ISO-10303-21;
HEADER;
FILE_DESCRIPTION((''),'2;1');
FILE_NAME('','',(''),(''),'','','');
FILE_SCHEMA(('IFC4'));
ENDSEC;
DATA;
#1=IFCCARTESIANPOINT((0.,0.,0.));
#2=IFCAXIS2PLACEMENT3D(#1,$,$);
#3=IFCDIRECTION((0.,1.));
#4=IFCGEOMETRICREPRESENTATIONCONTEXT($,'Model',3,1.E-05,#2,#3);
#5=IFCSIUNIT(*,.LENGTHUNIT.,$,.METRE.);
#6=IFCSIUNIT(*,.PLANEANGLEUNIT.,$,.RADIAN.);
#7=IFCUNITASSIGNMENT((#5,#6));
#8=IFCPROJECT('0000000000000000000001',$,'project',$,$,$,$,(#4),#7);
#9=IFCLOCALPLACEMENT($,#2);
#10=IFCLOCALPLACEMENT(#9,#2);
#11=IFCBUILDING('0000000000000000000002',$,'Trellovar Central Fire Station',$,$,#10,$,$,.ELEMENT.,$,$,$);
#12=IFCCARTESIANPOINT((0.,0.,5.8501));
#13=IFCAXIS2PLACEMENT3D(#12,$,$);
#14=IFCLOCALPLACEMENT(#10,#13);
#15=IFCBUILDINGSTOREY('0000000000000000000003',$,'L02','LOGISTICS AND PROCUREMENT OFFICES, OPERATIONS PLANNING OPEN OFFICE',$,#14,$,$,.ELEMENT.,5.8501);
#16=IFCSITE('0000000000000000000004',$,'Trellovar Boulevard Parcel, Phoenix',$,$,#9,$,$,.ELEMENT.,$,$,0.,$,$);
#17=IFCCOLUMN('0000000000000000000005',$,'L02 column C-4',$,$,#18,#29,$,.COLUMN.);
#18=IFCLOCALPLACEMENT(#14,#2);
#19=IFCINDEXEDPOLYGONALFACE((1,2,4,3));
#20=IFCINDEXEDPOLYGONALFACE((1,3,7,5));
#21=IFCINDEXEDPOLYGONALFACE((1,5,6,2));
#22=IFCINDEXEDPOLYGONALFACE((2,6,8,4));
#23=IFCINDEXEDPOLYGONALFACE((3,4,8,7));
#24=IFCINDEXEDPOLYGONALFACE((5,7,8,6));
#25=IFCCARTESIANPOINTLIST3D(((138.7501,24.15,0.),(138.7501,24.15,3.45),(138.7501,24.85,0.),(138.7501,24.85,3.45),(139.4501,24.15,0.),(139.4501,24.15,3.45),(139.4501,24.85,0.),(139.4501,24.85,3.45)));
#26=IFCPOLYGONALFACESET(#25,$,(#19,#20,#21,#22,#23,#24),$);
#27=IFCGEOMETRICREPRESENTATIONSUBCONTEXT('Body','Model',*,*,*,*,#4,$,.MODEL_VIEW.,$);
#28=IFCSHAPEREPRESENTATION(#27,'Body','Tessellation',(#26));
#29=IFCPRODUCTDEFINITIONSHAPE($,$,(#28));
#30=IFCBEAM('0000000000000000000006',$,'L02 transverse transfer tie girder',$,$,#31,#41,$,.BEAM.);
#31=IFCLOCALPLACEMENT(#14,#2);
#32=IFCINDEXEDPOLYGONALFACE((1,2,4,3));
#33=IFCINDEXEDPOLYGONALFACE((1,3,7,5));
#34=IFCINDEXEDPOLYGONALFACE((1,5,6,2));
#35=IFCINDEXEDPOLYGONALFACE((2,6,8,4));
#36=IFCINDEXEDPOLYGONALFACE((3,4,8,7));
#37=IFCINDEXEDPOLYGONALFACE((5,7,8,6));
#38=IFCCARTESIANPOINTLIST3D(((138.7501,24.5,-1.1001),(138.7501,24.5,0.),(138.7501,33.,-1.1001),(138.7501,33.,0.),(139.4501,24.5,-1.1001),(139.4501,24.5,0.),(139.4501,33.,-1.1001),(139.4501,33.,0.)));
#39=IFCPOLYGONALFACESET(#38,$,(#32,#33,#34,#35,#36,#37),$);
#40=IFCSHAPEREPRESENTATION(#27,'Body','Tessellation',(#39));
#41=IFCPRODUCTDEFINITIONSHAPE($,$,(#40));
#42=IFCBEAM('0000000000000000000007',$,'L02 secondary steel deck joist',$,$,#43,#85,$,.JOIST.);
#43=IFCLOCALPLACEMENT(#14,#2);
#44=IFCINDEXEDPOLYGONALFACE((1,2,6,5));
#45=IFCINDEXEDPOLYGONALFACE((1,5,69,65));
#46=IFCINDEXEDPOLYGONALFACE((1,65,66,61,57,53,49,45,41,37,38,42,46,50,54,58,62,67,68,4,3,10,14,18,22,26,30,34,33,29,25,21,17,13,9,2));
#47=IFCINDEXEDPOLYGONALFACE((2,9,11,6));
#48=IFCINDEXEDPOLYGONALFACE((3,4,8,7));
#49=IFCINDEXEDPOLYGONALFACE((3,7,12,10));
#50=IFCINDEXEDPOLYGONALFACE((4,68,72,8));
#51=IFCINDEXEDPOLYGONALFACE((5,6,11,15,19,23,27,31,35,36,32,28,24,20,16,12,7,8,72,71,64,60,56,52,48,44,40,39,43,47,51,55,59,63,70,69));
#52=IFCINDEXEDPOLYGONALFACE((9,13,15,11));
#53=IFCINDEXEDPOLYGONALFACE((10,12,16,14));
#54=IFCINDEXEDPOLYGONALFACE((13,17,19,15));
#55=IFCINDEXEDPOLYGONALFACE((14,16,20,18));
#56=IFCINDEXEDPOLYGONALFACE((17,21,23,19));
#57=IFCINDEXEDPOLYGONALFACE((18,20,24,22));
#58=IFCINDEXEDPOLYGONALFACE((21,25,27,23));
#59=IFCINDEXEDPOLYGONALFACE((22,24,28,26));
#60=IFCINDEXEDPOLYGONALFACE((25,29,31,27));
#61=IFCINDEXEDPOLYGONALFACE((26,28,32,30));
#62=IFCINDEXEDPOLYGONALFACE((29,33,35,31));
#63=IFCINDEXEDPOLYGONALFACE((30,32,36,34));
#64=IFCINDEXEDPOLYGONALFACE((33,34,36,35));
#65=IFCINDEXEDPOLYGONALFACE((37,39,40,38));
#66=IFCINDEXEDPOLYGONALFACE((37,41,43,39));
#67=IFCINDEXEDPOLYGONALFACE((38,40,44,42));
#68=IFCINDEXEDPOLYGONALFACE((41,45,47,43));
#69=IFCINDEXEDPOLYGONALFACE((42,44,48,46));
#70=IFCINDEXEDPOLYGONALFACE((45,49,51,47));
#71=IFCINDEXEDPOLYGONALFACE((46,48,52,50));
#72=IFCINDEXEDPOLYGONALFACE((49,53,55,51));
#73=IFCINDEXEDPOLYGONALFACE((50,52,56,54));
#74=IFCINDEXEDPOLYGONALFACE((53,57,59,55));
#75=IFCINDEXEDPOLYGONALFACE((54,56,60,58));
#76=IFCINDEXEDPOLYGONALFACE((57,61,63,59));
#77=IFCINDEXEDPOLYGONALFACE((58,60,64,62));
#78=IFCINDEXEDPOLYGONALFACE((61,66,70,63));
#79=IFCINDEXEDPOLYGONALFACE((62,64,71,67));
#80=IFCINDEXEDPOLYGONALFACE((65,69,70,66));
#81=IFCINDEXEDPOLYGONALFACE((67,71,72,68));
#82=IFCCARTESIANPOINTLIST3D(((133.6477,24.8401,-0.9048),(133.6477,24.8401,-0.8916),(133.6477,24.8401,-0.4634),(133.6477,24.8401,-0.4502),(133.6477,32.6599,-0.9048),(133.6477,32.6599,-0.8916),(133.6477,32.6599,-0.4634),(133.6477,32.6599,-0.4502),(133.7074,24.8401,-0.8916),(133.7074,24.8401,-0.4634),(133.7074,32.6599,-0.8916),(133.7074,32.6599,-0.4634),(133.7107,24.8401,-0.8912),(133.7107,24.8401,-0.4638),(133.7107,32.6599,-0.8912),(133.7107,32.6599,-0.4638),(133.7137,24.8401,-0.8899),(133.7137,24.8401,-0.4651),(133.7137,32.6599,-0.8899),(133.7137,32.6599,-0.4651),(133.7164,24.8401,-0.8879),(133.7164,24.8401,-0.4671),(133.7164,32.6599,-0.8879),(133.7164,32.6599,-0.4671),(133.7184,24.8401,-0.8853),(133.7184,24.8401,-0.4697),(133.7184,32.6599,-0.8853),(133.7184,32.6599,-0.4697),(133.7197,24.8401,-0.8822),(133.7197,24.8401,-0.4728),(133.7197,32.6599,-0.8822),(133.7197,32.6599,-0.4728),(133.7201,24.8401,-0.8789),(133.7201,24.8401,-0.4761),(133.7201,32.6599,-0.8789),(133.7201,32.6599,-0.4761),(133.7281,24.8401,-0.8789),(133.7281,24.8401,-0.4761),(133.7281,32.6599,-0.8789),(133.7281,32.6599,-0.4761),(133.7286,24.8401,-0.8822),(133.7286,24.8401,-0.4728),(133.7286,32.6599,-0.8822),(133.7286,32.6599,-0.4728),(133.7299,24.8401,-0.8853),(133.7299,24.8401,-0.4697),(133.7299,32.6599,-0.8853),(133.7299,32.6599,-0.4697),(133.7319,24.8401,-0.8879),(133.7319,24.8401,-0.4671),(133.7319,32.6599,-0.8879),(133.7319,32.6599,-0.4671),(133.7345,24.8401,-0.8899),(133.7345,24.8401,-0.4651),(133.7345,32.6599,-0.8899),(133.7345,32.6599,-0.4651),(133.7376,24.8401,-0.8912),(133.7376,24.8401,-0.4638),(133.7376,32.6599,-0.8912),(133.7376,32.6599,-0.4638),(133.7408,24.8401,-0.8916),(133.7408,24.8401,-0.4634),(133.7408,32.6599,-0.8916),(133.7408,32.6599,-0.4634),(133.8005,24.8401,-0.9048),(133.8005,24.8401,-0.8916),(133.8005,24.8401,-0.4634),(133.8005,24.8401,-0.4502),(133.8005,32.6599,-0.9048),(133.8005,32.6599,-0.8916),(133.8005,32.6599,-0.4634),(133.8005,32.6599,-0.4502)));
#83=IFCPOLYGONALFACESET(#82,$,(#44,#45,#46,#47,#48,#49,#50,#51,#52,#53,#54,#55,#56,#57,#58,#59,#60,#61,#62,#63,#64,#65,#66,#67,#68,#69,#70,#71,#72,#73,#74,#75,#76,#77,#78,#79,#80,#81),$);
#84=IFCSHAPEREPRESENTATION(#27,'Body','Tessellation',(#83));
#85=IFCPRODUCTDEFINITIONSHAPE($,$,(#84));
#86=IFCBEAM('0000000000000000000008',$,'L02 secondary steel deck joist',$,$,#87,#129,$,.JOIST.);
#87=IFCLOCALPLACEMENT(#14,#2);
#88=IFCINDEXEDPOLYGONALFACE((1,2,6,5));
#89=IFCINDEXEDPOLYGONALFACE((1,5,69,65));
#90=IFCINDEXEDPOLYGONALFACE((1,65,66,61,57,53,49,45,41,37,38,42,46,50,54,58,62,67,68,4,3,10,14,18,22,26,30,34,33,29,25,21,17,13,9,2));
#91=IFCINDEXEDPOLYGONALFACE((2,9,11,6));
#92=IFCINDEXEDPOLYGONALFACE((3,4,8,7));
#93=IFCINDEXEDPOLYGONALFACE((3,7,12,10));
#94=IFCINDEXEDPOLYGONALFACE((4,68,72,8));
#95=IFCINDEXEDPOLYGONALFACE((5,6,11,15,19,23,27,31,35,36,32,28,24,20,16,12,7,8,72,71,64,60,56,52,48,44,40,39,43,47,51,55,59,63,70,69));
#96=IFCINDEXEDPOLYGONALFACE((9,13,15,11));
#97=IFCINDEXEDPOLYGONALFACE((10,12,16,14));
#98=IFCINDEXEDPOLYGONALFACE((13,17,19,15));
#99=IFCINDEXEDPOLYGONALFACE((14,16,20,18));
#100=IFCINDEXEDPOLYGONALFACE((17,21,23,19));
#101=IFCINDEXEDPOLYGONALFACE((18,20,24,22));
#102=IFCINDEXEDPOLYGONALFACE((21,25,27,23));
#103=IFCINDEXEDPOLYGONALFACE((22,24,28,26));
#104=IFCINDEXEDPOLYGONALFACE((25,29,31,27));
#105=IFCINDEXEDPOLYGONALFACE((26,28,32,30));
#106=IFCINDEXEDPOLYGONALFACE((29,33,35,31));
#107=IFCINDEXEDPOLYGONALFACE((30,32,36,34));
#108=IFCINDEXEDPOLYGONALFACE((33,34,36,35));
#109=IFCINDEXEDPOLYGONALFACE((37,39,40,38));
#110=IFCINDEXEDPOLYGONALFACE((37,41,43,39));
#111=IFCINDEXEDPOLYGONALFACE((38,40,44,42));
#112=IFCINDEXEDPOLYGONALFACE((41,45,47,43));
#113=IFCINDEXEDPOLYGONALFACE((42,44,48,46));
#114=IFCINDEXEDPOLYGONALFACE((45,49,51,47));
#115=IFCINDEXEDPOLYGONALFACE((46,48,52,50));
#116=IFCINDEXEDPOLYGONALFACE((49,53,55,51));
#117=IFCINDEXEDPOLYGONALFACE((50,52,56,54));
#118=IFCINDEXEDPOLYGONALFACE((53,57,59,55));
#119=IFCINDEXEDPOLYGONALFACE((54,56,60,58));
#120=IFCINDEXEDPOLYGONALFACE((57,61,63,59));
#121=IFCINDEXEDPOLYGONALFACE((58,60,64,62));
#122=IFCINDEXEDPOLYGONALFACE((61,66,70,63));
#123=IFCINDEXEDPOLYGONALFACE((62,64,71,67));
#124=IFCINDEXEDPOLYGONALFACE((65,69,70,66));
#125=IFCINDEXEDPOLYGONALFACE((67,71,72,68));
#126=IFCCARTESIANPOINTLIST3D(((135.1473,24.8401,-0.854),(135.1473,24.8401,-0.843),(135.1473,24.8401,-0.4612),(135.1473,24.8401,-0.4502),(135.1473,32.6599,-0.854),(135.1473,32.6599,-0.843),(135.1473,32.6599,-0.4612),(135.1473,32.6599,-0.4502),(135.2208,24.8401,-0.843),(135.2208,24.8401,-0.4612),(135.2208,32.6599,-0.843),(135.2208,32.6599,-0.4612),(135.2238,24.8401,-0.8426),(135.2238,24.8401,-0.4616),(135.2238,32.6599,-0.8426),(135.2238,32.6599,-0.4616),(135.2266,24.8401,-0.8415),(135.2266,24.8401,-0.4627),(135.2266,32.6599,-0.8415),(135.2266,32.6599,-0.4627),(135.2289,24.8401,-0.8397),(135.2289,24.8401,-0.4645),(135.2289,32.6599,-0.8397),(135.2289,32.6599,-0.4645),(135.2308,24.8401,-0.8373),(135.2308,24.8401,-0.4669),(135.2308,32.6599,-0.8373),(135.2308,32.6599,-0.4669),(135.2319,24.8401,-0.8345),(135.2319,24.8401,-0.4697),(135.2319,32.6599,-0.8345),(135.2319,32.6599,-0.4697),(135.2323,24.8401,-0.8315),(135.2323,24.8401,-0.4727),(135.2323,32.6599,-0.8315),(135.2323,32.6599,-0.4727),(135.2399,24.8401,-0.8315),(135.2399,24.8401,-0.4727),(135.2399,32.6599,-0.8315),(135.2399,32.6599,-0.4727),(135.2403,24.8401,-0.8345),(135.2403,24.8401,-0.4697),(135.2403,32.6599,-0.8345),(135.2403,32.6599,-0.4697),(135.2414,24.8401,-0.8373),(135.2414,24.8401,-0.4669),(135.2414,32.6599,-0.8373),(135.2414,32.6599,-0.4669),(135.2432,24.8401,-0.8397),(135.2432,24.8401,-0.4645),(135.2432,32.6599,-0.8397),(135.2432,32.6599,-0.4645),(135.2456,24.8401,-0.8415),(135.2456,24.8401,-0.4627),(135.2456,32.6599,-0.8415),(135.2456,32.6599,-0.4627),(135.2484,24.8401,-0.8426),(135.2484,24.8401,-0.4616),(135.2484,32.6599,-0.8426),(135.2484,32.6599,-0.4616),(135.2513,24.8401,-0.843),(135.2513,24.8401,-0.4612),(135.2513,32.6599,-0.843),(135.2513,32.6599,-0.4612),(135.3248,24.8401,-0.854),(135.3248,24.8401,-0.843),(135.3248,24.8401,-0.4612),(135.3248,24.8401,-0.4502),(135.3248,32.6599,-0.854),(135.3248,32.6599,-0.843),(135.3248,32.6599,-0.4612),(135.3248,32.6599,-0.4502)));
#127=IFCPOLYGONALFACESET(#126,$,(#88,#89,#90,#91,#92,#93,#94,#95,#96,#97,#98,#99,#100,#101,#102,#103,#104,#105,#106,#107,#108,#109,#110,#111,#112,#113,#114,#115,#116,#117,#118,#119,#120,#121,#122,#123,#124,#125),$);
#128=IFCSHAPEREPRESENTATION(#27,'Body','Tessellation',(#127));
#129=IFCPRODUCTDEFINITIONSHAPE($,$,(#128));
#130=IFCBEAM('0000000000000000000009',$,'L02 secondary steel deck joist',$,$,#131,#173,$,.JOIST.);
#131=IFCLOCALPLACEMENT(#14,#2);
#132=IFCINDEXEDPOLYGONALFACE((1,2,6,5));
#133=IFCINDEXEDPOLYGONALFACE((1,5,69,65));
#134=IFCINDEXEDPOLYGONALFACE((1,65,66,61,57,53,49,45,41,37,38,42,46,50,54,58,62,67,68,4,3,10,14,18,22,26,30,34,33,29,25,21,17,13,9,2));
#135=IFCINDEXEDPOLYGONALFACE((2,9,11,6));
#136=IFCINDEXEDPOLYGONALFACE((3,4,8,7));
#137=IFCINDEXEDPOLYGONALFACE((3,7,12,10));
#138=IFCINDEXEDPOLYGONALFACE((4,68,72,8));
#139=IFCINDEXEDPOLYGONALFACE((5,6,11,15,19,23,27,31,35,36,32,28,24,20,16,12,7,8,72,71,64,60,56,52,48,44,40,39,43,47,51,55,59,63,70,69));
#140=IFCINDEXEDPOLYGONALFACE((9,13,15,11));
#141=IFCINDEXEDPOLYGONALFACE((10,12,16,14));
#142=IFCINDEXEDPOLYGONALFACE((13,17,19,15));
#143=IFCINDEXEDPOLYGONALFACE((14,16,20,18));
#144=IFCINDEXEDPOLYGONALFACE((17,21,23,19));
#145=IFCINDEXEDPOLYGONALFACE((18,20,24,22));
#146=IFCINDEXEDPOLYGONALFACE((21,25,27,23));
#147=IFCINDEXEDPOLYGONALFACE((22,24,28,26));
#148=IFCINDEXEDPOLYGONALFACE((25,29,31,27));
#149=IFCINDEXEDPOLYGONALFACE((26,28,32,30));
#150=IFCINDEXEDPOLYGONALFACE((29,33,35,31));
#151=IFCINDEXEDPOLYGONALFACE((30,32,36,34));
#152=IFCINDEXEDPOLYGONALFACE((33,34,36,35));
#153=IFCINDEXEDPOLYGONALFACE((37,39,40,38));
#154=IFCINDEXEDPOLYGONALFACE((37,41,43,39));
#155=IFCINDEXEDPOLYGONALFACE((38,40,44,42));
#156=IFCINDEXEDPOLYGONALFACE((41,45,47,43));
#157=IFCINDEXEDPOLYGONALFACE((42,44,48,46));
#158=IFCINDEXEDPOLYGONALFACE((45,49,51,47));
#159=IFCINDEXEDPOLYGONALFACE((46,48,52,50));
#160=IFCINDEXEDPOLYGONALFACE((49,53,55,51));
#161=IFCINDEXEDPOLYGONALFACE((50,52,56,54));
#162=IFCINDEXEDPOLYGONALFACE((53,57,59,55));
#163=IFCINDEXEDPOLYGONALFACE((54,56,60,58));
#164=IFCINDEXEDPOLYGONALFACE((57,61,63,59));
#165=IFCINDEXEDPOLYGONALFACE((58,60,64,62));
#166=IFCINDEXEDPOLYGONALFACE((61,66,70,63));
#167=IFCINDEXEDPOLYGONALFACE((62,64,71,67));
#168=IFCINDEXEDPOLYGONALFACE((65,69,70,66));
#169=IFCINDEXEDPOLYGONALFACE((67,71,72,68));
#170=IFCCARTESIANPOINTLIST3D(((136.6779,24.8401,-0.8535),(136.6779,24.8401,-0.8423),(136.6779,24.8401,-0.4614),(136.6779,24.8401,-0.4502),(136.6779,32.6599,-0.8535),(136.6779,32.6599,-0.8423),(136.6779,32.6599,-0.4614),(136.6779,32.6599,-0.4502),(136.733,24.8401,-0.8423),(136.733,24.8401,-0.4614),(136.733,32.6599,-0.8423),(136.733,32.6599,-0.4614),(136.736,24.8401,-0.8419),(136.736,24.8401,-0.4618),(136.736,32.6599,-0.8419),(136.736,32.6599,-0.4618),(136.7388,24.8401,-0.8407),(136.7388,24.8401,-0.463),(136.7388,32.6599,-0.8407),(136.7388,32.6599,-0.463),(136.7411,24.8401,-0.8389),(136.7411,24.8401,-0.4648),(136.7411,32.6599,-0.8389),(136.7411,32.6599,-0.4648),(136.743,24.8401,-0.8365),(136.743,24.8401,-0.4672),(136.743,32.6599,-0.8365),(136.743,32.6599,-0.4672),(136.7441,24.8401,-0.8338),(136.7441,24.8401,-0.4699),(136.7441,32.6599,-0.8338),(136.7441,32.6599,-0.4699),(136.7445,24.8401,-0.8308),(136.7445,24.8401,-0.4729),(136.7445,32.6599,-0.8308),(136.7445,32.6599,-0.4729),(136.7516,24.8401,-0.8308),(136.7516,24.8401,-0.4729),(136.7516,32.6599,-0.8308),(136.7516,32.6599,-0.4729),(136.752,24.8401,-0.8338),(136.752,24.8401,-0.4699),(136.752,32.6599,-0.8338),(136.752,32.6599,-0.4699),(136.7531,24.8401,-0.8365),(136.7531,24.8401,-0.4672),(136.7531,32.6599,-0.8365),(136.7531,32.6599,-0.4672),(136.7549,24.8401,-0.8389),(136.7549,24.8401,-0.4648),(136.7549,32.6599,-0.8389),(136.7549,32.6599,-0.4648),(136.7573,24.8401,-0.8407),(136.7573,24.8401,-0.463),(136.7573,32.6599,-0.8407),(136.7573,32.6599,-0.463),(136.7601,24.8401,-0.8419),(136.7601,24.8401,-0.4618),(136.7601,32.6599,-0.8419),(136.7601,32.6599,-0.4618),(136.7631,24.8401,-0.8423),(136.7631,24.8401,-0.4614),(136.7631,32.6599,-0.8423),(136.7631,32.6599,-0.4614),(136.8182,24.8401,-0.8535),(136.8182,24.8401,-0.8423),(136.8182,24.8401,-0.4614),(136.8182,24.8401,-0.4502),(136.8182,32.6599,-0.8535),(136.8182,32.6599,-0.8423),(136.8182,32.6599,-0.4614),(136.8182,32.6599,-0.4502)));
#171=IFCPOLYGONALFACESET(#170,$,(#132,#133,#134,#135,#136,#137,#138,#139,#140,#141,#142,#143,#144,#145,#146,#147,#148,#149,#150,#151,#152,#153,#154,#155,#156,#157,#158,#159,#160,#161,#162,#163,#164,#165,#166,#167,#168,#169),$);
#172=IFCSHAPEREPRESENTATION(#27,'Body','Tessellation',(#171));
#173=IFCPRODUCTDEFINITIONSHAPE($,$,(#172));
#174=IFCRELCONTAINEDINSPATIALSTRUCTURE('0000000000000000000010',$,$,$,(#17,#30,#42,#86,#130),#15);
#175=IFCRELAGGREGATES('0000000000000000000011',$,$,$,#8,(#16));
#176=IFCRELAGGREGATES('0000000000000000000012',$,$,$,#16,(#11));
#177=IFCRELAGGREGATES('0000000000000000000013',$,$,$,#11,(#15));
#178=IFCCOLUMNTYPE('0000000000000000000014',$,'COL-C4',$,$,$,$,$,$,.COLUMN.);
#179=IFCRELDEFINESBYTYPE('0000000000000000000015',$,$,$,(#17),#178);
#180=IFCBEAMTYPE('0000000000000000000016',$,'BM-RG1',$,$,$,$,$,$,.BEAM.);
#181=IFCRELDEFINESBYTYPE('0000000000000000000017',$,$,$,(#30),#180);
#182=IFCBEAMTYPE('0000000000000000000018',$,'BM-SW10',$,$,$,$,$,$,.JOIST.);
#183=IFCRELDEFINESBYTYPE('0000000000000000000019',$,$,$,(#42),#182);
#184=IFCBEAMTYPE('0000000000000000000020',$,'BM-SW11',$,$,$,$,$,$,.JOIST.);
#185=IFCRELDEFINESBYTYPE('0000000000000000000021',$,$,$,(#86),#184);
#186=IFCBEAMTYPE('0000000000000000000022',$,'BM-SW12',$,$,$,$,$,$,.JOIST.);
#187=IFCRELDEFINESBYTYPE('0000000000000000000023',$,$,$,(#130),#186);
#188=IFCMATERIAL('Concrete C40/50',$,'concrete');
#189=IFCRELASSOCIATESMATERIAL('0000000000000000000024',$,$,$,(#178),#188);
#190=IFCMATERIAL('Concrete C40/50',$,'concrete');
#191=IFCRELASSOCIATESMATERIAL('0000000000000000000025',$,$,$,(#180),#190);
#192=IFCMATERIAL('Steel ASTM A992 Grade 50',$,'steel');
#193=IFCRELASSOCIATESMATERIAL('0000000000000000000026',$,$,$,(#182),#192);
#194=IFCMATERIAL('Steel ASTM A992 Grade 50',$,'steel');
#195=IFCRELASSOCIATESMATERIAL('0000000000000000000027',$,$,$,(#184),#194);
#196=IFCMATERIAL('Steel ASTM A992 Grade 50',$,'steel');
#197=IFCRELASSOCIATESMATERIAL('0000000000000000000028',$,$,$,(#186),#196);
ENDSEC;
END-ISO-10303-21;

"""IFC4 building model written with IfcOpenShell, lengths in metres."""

from ifc_helpers import new_model, si_unit, direction, frame, origin, origin_2d, place, context, subcontext, project, spatial, rectangle, i_section, extrude, material, material_profile, profile_set, type_object, element, save


model = new_model("IFC4")

# Units and contexts
model_context = context("Model", 3, precision=1e-05, world=origin(), true_north=direction((0.0, 1.0)))
body_context = subcontext(model_context, "Body", "Model", "MODEL_VIEW")
ifc_project = project(units=[si_unit("LENGTHUNIT", "METRE"), si_unit("PLANEANGLEUNIT", "RADIAN")], contexts=[model_context])

# Site, building, storey
site_placement = place(None, origin())
site = spatial("IfcSite", under=ifc_project, at=site_placement, Name="Trellovar Boulevard Parcel, Phoenix", CompositionType="ELEMENT", RefElevation=0.0)
building_placement = place(site_placement, origin())
building = spatial("IfcBuilding", under=site, at=building_placement, Name="Trellovar Central Fire Station", CompositionType="ELEMENT")
storey_placement = place(building_placement, frame((0.0, 0.0, 5.8501)))
storey = spatial("IfcBuildingStorey", under=building, at=storey_placement, Name="L02", Description="LOGISTICS AND PROCUREMENT OFFICES, OPERATIONS PLANNING OPEN OFFICE", CompositionType="ELEMENT", Elevation=5.8501)

# Column
ifc_material_1 = material(Name="Concrete C40/50", Category="concrete")
ifc_material_profile_1 = material_profile(ifc_material_1, rectangle(XDim=0.7, YDim=0.7, at=origin_2d()), Name="RC700X700")
ifc_profile_set_1 = profile_set([ifc_material_profile_1], Name="Concrete C40/50")
column_type = type_object("IfcColumnType", Name="COL-C4", PredefinedType="COLUMN", material=ifc_profile_set_1)
column_placement = place(storey_placement, frame((139.1001, 24.5, 0.0), z_axis=(0.0, 0.0, 1.0), x_axis=(1.0, 0.0, 0.0)))
element("IfcColumn", 1, at=column_placement, inside=storey, type_object=column_type, Name="L02 column C-4", PredefinedType="COLUMN", context=body_context, shape_type="SweptSolid", body=[
    extrude(rectangle(XDim=0.7, YDim=0.7, at=origin_2d()), origin(), (0.0, 0.0, 1.0), 3.45),
])

# Beams
ifc_material_2 = material(Name="Concrete C40/50", Category="concrete")
ifc_material_profile_2 = material_profile(ifc_material_2, rectangle(XDim=0.7, YDim=1.1001, at=origin_2d()), Name="RC700X1100")
ifc_profile_set_2 = profile_set([ifc_material_profile_2], Name="Concrete C40/50")
beam_type_1 = type_object("IfcBeamType", Name="BM-RG1", PredefinedType="BEAM", material=ifc_profile_set_2)
beam_1_placement = place(storey_placement, frame((139.1001, 24.5, -0.55), z_axis=(0.0, 1.0, 0.0), x_axis=(-1.0, 0.0, 0.0)))
element("IfcBeam", 2, at=beam_1_placement, inside=storey, type_object=beam_type_1, Name="L02 transverse transfer tie girder", PredefinedType="BEAM", context=body_context, shape_type="SweptSolid", body=[
    extrude(rectangle(XDim=0.7, YDim=1.1001, at=origin_2d()), origin(), (0.0, 0.0, 1.0), 8.5),
])
ifc_material_3 = material(Name="Steel ASTM A992 Grade 50", Category="steel")
ifc_material_profile_3 = material_profile(ifc_material_3, i_section(OverallWidth=0.1528, OverallDepth=0.4546, WebThickness=0.0081, FlangeThickness=0.0132, FilletRadius=0.0127, at=origin_2d()), Name="W18X40")
ifc_profile_set_3 = profile_set([ifc_material_profile_3], Name="Steel ASTM A992 Grade 50")
beam_type_2 = type_object("IfcBeamType", Name="BM-SW10", PredefinedType="JOIST", material=ifc_profile_set_3)
beam_2_placement = place(storey_placement, frame((133.7241, 24.8401, -0.6775), z_axis=(0.0, 1.0, 0.0), x_axis=(-1.0, 0.0, 0.0)))
element("IfcBeam", 3, at=beam_2_placement, inside=storey, type_object=beam_type_2, Name="L02 secondary steel deck joist", PredefinedType="JOIST", context=body_context, shape_type="SweptSolid", body=[
    extrude(i_section(OverallWidth=0.1528, OverallDepth=0.4546, WebThickness=0.0081, FlangeThickness=0.0132, FilletRadius=0.0127, at=origin_2d()), origin(), (0.0, 0.0, 1.0), 7.8198),
])
ifc_material_4 = material(Name="Steel ASTM A992 Grade 50", Category="steel")
ifc_material_profile_4 = material_profile(ifc_material_4, i_section(OverallWidth=0.1775, OverallDepth=0.4038, WebThickness=0.0076, FlangeThickness=0.011, FilletRadius=0.0115, at=origin_2d()), Name="W16X36")
ifc_profile_set_4 = profile_set([ifc_material_profile_4], Name="Steel ASTM A992 Grade 50")
beam_type_3 = type_object("IfcBeamType", Name="BM-SW11", PredefinedType="JOIST", material=ifc_profile_set_4)
beam_3_placement = place(storey_placement, frame((135.2361, 24.8401, -0.6521), z_axis=(0.0, 1.0, 0.0), x_axis=(-1.0, 0.0, 0.0)))
element("IfcBeam", 4, at=beam_3_placement, inside=storey, type_object=beam_type_3, Name="L02 secondary steel deck joist", PredefinedType="JOIST", context=body_context, shape_type="SweptSolid", body=[
    extrude(i_section(OverallWidth=0.1775, OverallDepth=0.4038, WebThickness=0.0076, FlangeThickness=0.011, FilletRadius=0.0115, at=origin_2d()), origin(), (0.0, 0.0, 1.0), 7.8198),
])
ifc_material_5 = material(Name="Steel ASTM A992 Grade 50", Category="steel")
ifc_material_profile_5 = material_profile(ifc_material_5, i_section(OverallWidth=0.1404, OverallDepth=0.4033, WebThickness=0.0071, FlangeThickness=0.0112, FilletRadius=0.0115, at=origin_2d()), Name="W16X31")
ifc_profile_set_5 = profile_set([ifc_material_profile_5], Name="Steel ASTM A992 Grade 50")
beam_type_4 = type_object("IfcBeamType", Name="BM-SW12", PredefinedType="JOIST", material=ifc_profile_set_5)
beam_4_placement = place(storey_placement, frame((136.748, 24.8401, -0.6519), z_axis=(0.0, 1.0, 0.0), x_axis=(-1.0, 0.0, 0.0)))
element("IfcBeam", 5, at=beam_4_placement, inside=storey, type_object=beam_type_4, Name="L02 secondary steel deck joist", PredefinedType="JOIST", context=body_context, shape_type="SweptSolid", body=[
    extrude(i_section(OverallWidth=0.1404, OverallDepth=0.4033, WebThickness=0.0071, FlangeThickness=0.0112, FilletRadius=0.0115, at=origin_2d()), origin(), (0.0, 0.0, 1.0), 7.8198),
])

save(model, "model.ifc")
